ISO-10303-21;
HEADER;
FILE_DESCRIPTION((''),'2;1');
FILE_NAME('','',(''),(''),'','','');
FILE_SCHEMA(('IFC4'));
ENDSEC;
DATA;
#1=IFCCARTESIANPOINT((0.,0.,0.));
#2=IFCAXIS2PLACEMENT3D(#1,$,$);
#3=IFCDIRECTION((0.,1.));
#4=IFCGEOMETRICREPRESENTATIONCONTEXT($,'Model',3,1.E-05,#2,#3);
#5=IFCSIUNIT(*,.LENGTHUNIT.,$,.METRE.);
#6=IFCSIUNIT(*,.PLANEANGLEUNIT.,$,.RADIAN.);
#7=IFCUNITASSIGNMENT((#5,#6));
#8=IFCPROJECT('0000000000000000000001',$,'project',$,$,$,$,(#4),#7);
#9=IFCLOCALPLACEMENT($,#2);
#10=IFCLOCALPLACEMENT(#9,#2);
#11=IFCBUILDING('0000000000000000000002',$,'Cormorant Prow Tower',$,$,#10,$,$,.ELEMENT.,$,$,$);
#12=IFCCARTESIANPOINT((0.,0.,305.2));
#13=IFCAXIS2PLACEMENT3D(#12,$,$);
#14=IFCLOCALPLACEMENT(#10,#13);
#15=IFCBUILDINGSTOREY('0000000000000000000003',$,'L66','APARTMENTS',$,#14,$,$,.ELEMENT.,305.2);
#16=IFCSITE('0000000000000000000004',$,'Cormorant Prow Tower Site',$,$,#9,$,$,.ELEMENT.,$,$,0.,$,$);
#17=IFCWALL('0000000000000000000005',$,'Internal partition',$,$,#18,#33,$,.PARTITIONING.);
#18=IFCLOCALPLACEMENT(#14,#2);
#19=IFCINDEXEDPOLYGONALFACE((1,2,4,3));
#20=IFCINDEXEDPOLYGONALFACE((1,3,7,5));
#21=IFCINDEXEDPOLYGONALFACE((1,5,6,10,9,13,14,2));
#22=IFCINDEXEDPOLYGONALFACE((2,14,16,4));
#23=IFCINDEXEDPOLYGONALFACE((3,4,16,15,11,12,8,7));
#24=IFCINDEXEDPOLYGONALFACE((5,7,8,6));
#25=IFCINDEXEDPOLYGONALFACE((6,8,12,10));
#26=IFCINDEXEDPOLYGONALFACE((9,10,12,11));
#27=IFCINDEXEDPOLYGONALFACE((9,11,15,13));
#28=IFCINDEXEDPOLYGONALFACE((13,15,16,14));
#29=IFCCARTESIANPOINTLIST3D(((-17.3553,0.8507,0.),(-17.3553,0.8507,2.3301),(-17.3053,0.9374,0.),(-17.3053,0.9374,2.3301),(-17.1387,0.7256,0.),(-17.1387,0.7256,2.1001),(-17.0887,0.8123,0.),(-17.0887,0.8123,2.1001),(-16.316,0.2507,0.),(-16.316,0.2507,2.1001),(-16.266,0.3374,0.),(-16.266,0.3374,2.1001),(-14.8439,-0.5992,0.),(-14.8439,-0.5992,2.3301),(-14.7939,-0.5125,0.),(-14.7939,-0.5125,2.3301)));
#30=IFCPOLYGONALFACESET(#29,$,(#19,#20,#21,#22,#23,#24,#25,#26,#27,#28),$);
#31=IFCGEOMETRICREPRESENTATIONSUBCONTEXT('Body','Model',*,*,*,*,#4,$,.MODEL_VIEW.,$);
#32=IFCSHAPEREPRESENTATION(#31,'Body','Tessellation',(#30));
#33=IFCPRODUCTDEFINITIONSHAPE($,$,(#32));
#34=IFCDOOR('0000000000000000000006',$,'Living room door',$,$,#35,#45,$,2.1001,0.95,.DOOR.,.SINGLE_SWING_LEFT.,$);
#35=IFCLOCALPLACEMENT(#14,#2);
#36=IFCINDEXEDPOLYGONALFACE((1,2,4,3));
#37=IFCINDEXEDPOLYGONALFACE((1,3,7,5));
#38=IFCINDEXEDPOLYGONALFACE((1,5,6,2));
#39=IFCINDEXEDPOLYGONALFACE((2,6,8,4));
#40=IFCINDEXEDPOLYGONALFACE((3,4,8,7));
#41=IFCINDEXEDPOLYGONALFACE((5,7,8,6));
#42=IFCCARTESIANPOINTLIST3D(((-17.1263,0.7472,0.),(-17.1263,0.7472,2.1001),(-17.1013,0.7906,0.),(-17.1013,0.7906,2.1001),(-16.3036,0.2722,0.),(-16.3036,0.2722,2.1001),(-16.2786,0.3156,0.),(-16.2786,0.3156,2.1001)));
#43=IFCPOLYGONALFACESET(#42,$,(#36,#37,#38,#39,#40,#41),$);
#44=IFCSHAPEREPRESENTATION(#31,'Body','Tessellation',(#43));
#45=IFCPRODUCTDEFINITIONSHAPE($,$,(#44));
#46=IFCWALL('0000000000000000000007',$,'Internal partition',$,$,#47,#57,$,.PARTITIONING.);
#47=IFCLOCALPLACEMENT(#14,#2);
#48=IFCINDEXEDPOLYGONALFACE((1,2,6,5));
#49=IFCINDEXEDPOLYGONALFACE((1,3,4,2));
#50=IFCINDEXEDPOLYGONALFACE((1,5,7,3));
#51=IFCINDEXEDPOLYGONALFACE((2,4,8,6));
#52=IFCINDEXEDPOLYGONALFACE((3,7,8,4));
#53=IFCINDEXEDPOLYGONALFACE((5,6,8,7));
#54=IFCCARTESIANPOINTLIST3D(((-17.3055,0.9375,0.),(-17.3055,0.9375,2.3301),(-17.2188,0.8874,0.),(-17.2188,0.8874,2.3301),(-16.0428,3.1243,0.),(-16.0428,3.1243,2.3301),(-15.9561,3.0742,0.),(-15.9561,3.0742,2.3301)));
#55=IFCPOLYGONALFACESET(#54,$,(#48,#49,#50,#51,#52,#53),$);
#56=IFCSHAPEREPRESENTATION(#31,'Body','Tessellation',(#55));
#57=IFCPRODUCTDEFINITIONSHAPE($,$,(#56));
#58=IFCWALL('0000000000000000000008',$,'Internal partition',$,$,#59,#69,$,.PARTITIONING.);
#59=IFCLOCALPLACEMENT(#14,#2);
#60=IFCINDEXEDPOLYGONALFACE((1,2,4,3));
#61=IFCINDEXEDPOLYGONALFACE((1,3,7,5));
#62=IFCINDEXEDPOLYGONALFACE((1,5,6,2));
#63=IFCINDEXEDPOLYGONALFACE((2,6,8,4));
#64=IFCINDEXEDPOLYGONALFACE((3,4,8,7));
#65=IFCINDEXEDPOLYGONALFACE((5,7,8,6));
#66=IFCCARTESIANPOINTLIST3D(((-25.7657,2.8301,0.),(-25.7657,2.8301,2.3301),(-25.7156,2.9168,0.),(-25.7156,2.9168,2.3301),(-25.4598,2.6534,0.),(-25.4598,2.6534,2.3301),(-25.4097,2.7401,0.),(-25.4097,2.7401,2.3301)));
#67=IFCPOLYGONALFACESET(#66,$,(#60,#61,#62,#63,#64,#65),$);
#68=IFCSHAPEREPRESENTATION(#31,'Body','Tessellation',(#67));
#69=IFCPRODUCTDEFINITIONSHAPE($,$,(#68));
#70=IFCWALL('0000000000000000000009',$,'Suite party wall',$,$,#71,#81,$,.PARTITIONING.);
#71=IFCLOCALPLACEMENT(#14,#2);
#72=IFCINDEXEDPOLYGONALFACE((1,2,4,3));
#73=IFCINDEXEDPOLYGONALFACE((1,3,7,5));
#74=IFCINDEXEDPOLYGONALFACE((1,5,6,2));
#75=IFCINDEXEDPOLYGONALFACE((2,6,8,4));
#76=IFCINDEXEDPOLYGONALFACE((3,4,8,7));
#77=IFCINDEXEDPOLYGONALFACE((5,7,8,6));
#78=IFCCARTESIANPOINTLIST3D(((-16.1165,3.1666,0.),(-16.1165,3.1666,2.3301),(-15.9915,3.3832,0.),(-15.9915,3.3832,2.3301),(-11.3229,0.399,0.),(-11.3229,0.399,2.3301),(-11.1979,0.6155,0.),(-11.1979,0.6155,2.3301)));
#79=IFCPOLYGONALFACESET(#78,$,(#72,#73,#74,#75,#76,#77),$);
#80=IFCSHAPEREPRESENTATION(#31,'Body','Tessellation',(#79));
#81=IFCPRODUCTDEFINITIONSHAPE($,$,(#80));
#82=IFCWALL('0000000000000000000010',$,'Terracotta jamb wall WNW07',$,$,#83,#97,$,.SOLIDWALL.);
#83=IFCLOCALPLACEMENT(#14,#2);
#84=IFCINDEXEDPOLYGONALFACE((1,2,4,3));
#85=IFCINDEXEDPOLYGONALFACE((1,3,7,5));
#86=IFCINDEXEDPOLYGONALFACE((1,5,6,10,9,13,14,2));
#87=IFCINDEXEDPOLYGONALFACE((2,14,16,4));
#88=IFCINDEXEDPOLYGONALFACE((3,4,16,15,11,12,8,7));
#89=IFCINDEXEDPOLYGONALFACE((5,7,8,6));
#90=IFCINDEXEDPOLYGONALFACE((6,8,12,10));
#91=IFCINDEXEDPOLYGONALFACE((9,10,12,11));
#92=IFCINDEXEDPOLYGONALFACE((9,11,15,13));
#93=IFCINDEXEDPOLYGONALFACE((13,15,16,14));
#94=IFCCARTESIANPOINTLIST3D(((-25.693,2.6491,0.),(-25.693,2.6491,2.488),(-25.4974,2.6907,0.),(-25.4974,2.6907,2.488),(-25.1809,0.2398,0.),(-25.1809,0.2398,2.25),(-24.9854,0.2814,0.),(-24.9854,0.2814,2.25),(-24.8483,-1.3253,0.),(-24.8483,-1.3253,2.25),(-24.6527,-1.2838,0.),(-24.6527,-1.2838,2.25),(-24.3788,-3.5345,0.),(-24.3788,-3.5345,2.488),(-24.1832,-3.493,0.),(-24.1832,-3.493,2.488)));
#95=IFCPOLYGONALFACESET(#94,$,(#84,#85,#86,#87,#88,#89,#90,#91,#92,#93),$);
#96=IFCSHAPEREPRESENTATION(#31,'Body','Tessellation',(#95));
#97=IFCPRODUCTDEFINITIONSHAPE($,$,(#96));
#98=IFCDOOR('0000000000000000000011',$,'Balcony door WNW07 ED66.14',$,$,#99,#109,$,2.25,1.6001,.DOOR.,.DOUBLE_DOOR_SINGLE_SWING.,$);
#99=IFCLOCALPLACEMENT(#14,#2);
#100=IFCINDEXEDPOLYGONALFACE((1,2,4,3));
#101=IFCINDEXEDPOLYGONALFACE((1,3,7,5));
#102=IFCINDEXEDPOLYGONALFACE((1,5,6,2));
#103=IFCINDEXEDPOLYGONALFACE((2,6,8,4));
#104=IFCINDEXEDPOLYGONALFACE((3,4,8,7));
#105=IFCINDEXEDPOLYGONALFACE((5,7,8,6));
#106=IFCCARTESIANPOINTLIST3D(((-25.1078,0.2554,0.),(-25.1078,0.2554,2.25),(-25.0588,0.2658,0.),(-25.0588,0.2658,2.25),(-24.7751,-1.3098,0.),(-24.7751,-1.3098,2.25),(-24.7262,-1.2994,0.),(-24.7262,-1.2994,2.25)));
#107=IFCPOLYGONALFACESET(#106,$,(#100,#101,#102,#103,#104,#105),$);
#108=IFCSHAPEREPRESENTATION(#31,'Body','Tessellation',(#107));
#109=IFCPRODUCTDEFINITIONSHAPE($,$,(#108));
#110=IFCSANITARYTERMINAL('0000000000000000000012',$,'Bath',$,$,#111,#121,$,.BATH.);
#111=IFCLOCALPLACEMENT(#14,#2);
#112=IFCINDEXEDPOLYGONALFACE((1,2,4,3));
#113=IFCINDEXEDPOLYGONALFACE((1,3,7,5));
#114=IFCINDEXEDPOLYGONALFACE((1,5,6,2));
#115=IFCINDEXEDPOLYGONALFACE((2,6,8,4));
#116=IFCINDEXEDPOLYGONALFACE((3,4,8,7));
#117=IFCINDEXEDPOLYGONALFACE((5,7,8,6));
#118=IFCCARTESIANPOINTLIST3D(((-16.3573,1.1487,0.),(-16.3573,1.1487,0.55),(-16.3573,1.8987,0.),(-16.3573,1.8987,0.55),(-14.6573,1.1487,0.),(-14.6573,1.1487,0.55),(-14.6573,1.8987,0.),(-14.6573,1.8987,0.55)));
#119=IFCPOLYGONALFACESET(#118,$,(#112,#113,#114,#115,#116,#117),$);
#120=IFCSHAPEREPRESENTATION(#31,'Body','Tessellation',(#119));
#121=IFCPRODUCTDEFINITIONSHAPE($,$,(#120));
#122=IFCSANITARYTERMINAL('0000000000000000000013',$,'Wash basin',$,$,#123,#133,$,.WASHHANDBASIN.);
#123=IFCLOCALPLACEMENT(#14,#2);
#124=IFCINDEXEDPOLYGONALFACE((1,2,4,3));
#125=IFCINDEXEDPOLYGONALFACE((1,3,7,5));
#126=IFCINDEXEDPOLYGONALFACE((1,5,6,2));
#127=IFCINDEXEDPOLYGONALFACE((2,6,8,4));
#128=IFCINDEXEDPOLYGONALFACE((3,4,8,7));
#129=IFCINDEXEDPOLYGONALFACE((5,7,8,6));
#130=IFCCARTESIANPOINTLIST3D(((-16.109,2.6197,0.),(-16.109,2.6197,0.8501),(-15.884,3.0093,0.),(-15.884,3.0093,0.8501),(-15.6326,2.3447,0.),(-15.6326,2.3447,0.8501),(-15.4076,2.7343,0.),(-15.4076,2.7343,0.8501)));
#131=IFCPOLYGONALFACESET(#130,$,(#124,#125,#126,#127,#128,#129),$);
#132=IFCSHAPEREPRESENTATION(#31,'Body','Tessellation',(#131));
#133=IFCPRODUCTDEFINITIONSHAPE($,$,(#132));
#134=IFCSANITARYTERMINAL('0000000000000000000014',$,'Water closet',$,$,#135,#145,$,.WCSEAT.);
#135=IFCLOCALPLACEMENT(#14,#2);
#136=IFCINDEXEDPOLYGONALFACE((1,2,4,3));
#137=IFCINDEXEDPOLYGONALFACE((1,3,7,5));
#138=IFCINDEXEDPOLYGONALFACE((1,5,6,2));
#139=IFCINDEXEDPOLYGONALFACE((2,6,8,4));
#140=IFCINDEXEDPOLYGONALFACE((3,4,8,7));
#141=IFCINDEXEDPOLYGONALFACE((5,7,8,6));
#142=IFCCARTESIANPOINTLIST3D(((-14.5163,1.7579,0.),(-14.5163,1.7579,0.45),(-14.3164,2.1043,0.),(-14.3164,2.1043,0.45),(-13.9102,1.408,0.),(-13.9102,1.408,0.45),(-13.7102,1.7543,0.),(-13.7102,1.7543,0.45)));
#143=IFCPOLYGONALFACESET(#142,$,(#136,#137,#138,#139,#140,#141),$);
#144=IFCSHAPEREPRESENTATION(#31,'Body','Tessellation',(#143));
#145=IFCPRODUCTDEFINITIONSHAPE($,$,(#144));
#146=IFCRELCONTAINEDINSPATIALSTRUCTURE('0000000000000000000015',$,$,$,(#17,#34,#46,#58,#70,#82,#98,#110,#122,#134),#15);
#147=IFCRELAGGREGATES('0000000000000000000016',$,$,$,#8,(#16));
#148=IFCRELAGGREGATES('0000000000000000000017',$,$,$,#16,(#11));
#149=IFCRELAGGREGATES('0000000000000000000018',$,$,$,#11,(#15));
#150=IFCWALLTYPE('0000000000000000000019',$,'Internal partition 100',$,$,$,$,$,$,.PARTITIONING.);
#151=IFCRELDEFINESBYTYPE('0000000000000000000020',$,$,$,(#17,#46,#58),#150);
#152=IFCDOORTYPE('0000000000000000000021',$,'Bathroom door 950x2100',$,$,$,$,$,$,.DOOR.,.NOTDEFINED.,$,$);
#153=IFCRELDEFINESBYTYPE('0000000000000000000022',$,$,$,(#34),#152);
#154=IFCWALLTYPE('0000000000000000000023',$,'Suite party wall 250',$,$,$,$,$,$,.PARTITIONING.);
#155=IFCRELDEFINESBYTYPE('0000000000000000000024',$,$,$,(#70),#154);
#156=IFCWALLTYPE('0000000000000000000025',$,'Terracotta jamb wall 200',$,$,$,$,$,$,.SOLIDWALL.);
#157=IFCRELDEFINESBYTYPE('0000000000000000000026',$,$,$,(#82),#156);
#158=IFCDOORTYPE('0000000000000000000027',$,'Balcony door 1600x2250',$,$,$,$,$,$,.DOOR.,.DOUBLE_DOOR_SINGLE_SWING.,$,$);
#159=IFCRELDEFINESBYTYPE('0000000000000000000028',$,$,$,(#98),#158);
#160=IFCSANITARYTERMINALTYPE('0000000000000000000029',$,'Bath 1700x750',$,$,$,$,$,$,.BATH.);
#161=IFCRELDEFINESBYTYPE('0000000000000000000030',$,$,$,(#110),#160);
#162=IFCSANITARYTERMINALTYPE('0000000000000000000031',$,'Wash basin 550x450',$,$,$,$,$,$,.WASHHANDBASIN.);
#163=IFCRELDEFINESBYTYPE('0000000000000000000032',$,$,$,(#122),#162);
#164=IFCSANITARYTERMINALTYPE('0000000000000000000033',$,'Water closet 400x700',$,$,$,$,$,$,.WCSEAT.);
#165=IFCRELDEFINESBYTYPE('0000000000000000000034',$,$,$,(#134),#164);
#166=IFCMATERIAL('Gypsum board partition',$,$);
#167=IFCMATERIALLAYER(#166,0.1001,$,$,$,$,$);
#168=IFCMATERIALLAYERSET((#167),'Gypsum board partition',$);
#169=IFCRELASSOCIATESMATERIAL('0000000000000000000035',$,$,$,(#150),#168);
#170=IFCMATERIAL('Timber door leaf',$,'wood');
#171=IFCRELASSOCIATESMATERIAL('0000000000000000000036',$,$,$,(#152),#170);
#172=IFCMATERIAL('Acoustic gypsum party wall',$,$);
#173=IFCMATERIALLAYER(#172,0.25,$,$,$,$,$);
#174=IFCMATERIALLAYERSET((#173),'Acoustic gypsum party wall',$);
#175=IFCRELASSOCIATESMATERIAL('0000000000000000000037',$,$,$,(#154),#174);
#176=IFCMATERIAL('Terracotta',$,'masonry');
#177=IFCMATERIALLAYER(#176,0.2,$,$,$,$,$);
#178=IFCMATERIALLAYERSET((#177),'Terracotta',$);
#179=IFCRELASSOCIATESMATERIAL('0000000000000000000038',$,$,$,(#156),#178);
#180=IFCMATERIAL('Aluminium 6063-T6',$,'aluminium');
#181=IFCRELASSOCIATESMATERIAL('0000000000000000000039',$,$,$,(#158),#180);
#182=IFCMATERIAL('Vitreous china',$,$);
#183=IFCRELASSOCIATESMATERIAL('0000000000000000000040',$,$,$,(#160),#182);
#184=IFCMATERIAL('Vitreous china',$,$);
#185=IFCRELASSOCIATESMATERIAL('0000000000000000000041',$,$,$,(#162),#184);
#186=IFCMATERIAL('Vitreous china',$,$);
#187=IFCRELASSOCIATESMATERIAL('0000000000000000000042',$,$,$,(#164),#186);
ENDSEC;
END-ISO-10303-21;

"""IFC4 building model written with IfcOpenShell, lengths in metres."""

from ifc_helpers import new_model, si_unit, direction, frame, frame_2d, origin, origin_2d, place, context, subcontext, project, spatial, rectangle, extrude, material, layer, layer_set, type_object, element, fill, save


model = new_model("IFC4")

# Units and contexts
model_context = context("Model", 3, precision=1e-05, world=origin(), true_north=direction((0.0, 1.0)))
body_context = subcontext(model_context, "Body", "Model", "MODEL_VIEW")
ifc_project = project(units=[si_unit("LENGTHUNIT", "METRE"), si_unit("PLANEANGLEUNIT", "RADIAN")], contexts=[model_context])

# Site, building, storey
site_placement = place(None, origin())
site = spatial("IfcSite", under=ifc_project, at=site_placement, Name="Cormorant Prow Tower Site", CompositionType="ELEMENT", RefElevation=0.0)
building_placement = place(site_placement, origin())
building = spatial("IfcBuilding", under=site, at=building_placement, Name="Cormorant Prow Tower", CompositionType="ELEMENT")
storey_placement = place(building_placement, frame((0.0, 0.0, 305.2)))
storey = spatial("IfcBuildingStorey", under=building, at=storey_placement, Name="L66", Description="APARTMENTS", CompositionType="ELEMENT", Elevation=305.2)

# Shared definitions
ifc_material_1 = material(Name="Gypsum board partition")
ifc_layer_1 = layer(ifc_material_1, 0.1001)
ifc_layer_set_1 = layer_set([ifc_layer_1], Name="Gypsum board partition")
wall_type_1 = type_object("IfcWallType", Name="Internal partition 100", PredefinedType="PARTITIONING", material=ifc_layer_set_1)
ifc_material_2 = material(Name="Timber door leaf", Category="wood")
door_type_1 = type_object("IfcDoorType", Name="Bathroom door 950x2100", OperationType="NOTDEFINED", PredefinedType="DOOR", material=ifc_material_2)

# Wall, opening, door
wall_1_placement = place(storey_placement, frame((-17.3303, 0.894, 0.0), z_axis=(0.0, 0.0, 1.0), x_axis=(0.866033, -0.499987, 0.0)))
wall_1 = element("IfcWall", 1, at=wall_1_placement, inside=storey, type_object=wall_type_1, Name="Internal partition", PredefinedType="PARTITIONING", context=body_context, shape_type="SweptSolid", body=[
    extrude(rectangle(XDim=2.8999, YDim=0.1001, at=frame_2d((1.45, 0.0))), origin(), (0.0, 0.0, 1.0), 2.3301),
])
opening_1_placement = place(wall_1_placement, frame((0.25, 0.0, 0.0)))
opening_1 = element("IfcOpeningElement", 2, at=opening_1_placement, cuts=wall_1, PredefinedType="OPENING", context=body_context, shape_type="SweptSolid", body=[
    extrude(rectangle(XDim=0.95, YDim=2.1001, at=frame_2d((0.4751, 1.05))), frame((0.0, 0.0601, 0.0), z_axis=(0.0, -1.0, 0.0), x_axis=(1.0, 0.0, 0.0)), (0.0, 0.0, 1.0), 0.1201),
])
door_1_placement = place(opening_1_placement, origin())
door_1 = element("IfcDoor", 3, at=door_1_placement, inside=storey, type_object=door_type_1, Name="Living room door", OperationType="SINGLE_SWING_LEFT", OverallHeight=2.1001, OverallWidth=0.95, PredefinedType="DOOR", context=body_context, shape_type="SweptSolid", body=[
    extrude(rectangle(XDim=0.95, YDim=2.1001, at=frame_2d((0.4751, 1.05))), frame((0.0, 0.0249, 0.0), z_axis=(0.0, -1.0, 0.0), x_axis=(1.0, 0.0, 0.0)), (0.0, 0.0, 1.0), 0.05),
])
fill(opening_1, door_1)

# Walls
wall_2_placement = place(storey_placement, frame((-17.2622, 0.9124, 0.0), z_axis=(0.0, 0.0, 1.0), x_axis=(0.500049, 0.865997, 0.0)))
element("IfcWall", 4, at=wall_2_placement, inside=storey, type_object=wall_type_1, Name="Internal partition", PredefinedType="PARTITIONING", context=body_context, shape_type="SweptSolid", body=[
    extrude(rectangle(XDim=2.5251, YDim=0.1001, at=frame_2d((1.2627, 0.0))), origin(), (0.0, 0.0, 1.0), 2.3301),
])
wall_3_placement = place(storey_placement, frame((-25.7407, 2.8735, 0.0), z_axis=(0.0, 0.0, 1.0), x_axis=(0.865852, -0.500301, 0.0)))
element("IfcWall", 5, at=wall_3_placement, inside=storey, type_object=wall_type_1, Name="Internal partition", PredefinedType="PARTITIONING", context=body_context, shape_type="SweptSolid", body=[
    extrude(rectangle(XDim=0.3533, YDim=0.1001, at=frame_2d((0.1768, 0.0))), origin(), (0.0, 0.0, 1.0), 2.3301),
])
ifc_material_3 = material(Name="Acoustic gypsum party wall")
ifc_layer_2 = layer(ifc_material_3, 0.25)
ifc_layer_set_2 = layer_set([ifc_layer_2], Name="Acoustic gypsum party wall")
wall_type_2 = type_object("IfcWallType", Name="Suite party wall 250", PredefinedType="PARTITIONING", material=ifc_layer_set_2)
wall_4_placement = place(storey_placement, frame((-16.054, 3.2749, 0.0), z_axis=(0.0, 0.0, 1.0), x_axis=(0.86602, -0.50001, 0.0)))
element("IfcWall", 6, at=wall_4_placement, inside=storey, type_object=wall_type_2, Name="Suite party wall", PredefinedType="PARTITIONING", context=body_context, shape_type="SweptSolid", body=[
    extrude(rectangle(XDim=5.5352, YDim=0.25, at=frame_2d((2.7676, 0.0))), origin(), (0.0, 0.0, 1.0), 2.3301),
])

# Wall, opening, door
ifc_material_4 = material(Name="Terracotta", Category="masonry")
ifc_layer_3 = layer(ifc_material_4, 0.2)
ifc_layer_set_3 = layer_set([ifc_layer_3], Name="Terracotta")
wall_type_3 = type_object("IfcWallType", Name="Terracotta jamb wall 200", PredefinedType="SOLIDWALL", material=ifc_layer_set_3)
wall_5_placement = place(storey_placement, frame((-25.5952, 2.6699, 0.0), z_axis=(0.0, 0.0, 1.0), x_axis=(0.207888, -0.978153, 0.0)))
wall_5 = element("IfcWall", 7, at=wall_5_placement, inside=storey, type_object=wall_type_3, Name="Terracotta jamb wall WNW07", PredefinedType="SOLIDWALL", context=body_context, shape_type="SweptSolid", body=[
    extrude(rectangle(XDim=6.3218, YDim=0.2, at=frame_2d((3.1609, 0.0))), origin(), (0.0, 0.0, 1.0), 2.488),
])
opening_2_placement = place(wall_5_placement, frame((2.4631, 0.0, 0.0)))
opening_2 = element("IfcOpeningElement", 8, at=opening_2_placement, cuts=wall_5, PredefinedType="OPENING", context=body_context, shape_type="SweptSolid", body=[
    extrude(rectangle(XDim=1.6001, YDim=2.25, at=frame_2d((0.8, 1.125))), frame((0.0, 0.1099, 0.0), z_axis=(0.0, -1.0, 0.0), x_axis=(1.0, 0.0, 0.0)), (0.0, 0.0, 1.0), 0.22),
])
ifc_material_5 = material(Name="Aluminium 6063-T6", Category="aluminium")
door_type_2 = type_object("IfcDoorType", Name="Balcony door 1600x2250", OperationType="DOUBLE_DOOR_SINGLE_SWING", PredefinedType="DOOR", material=ifc_material_5)
door_2_placement = place(opening_2_placement, origin())
door_2 = element("IfcDoor", 9, at=door_2_placement, inside=storey, type_object=door_type_2, Name="Balcony door WNW07 ED66.14", OperationType="DOUBLE_DOOR_SINGLE_SWING", OverallHeight=2.25, OverallWidth=1.6001, PredefinedType="DOOR", context=body_context, shape_type="SweptSolid", body=[
    extrude(rectangle(XDim=1.6001, YDim=2.25, at=frame_2d((0.8, 1.125))), frame((0.0, 0.0249, 0.0), z_axis=(0.0, -1.0, 0.0), x_axis=(1.0, 0.0, 0.0)), (0.0, 0.0, 1.0), 0.05),
])
fill(opening_2, door_2)

# Sanitary terminals
ifc_material_6 = material(Name="Vitreous china")
sanitary_terminal_type_1 = type_object("IfcSanitaryTerminalType", Name="Bath 1700x750", PredefinedType="BATH", material=ifc_material_6)
sanitary_terminal_1_placement = place(storey_placement, frame((-15.5073, 1.5237, 0.0), z_axis=(0.0, 0.0, 1.0), x_axis=(1.0, 0.0, 0.0)))
element("IfcSanitaryTerminal", 10, at=sanitary_terminal_1_placement, inside=storey, type_object=sanitary_terminal_type_1, Name="Bath", PredefinedType="BATH", context=body_context, shape_type="SweptSolid", body=[
    extrude(rectangle(XDim=1.7, YDim=0.75, at=origin_2d()), origin(), (0.0, 0.0, 1.0), 0.55),
])
ifc_material_7 = material(Name="Vitreous china")
sanitary_terminal_type_2 = type_object("IfcSanitaryTerminalType", Name="Wash basin 550x450", PredefinedType="WASHHANDBASIN", material=ifc_material_7)
sanitary_terminal_2_placement = place(storey_placement, frame((-15.7583, 2.677, 0.0), z_axis=(0.0, 0.0, 1.0), x_axis=(0.866025, -0.5, 0.0)))
element("IfcSanitaryTerminal", 11, at=sanitary_terminal_2_placement, inside=storey, type_object=sanitary_terminal_type_2, Name="Wash basin", PredefinedType="WASHHANDBASIN", context=body_context, shape_type="SweptSolid", body=[
    extrude(rectangle(XDim=0.55, YDim=0.45, at=origin_2d()), origin(), (0.0, 0.0, 1.0), 0.8501),
])
ifc_material_8 = material(Name="Vitreous china")
sanitary_terminal_type_3 = type_object("IfcSanitaryTerminalType", Name="Water closet 400x700", PredefinedType="WCSEAT", material=ifc_material_8)
sanitary_terminal_3_placement = place(storey_placement, frame((-14.1133, 1.7561, 0.0), z_axis=(0.0, 0.0, 1.0), x_axis=(-0.5, -0.866025, 0.0)))
element("IfcSanitaryTerminal", 12, at=sanitary_terminal_3_placement, inside=storey, type_object=sanitary_terminal_type_3, Name="Water closet", PredefinedType="WCSEAT", context=body_context, shape_type="SweptSolid", body=[
    extrude(rectangle(XDim=0.3999, YDim=0.7, at=origin_2d()), origin(), (0.0, 0.0, 1.0), 0.45),
])

save(model, "model.ifc")
